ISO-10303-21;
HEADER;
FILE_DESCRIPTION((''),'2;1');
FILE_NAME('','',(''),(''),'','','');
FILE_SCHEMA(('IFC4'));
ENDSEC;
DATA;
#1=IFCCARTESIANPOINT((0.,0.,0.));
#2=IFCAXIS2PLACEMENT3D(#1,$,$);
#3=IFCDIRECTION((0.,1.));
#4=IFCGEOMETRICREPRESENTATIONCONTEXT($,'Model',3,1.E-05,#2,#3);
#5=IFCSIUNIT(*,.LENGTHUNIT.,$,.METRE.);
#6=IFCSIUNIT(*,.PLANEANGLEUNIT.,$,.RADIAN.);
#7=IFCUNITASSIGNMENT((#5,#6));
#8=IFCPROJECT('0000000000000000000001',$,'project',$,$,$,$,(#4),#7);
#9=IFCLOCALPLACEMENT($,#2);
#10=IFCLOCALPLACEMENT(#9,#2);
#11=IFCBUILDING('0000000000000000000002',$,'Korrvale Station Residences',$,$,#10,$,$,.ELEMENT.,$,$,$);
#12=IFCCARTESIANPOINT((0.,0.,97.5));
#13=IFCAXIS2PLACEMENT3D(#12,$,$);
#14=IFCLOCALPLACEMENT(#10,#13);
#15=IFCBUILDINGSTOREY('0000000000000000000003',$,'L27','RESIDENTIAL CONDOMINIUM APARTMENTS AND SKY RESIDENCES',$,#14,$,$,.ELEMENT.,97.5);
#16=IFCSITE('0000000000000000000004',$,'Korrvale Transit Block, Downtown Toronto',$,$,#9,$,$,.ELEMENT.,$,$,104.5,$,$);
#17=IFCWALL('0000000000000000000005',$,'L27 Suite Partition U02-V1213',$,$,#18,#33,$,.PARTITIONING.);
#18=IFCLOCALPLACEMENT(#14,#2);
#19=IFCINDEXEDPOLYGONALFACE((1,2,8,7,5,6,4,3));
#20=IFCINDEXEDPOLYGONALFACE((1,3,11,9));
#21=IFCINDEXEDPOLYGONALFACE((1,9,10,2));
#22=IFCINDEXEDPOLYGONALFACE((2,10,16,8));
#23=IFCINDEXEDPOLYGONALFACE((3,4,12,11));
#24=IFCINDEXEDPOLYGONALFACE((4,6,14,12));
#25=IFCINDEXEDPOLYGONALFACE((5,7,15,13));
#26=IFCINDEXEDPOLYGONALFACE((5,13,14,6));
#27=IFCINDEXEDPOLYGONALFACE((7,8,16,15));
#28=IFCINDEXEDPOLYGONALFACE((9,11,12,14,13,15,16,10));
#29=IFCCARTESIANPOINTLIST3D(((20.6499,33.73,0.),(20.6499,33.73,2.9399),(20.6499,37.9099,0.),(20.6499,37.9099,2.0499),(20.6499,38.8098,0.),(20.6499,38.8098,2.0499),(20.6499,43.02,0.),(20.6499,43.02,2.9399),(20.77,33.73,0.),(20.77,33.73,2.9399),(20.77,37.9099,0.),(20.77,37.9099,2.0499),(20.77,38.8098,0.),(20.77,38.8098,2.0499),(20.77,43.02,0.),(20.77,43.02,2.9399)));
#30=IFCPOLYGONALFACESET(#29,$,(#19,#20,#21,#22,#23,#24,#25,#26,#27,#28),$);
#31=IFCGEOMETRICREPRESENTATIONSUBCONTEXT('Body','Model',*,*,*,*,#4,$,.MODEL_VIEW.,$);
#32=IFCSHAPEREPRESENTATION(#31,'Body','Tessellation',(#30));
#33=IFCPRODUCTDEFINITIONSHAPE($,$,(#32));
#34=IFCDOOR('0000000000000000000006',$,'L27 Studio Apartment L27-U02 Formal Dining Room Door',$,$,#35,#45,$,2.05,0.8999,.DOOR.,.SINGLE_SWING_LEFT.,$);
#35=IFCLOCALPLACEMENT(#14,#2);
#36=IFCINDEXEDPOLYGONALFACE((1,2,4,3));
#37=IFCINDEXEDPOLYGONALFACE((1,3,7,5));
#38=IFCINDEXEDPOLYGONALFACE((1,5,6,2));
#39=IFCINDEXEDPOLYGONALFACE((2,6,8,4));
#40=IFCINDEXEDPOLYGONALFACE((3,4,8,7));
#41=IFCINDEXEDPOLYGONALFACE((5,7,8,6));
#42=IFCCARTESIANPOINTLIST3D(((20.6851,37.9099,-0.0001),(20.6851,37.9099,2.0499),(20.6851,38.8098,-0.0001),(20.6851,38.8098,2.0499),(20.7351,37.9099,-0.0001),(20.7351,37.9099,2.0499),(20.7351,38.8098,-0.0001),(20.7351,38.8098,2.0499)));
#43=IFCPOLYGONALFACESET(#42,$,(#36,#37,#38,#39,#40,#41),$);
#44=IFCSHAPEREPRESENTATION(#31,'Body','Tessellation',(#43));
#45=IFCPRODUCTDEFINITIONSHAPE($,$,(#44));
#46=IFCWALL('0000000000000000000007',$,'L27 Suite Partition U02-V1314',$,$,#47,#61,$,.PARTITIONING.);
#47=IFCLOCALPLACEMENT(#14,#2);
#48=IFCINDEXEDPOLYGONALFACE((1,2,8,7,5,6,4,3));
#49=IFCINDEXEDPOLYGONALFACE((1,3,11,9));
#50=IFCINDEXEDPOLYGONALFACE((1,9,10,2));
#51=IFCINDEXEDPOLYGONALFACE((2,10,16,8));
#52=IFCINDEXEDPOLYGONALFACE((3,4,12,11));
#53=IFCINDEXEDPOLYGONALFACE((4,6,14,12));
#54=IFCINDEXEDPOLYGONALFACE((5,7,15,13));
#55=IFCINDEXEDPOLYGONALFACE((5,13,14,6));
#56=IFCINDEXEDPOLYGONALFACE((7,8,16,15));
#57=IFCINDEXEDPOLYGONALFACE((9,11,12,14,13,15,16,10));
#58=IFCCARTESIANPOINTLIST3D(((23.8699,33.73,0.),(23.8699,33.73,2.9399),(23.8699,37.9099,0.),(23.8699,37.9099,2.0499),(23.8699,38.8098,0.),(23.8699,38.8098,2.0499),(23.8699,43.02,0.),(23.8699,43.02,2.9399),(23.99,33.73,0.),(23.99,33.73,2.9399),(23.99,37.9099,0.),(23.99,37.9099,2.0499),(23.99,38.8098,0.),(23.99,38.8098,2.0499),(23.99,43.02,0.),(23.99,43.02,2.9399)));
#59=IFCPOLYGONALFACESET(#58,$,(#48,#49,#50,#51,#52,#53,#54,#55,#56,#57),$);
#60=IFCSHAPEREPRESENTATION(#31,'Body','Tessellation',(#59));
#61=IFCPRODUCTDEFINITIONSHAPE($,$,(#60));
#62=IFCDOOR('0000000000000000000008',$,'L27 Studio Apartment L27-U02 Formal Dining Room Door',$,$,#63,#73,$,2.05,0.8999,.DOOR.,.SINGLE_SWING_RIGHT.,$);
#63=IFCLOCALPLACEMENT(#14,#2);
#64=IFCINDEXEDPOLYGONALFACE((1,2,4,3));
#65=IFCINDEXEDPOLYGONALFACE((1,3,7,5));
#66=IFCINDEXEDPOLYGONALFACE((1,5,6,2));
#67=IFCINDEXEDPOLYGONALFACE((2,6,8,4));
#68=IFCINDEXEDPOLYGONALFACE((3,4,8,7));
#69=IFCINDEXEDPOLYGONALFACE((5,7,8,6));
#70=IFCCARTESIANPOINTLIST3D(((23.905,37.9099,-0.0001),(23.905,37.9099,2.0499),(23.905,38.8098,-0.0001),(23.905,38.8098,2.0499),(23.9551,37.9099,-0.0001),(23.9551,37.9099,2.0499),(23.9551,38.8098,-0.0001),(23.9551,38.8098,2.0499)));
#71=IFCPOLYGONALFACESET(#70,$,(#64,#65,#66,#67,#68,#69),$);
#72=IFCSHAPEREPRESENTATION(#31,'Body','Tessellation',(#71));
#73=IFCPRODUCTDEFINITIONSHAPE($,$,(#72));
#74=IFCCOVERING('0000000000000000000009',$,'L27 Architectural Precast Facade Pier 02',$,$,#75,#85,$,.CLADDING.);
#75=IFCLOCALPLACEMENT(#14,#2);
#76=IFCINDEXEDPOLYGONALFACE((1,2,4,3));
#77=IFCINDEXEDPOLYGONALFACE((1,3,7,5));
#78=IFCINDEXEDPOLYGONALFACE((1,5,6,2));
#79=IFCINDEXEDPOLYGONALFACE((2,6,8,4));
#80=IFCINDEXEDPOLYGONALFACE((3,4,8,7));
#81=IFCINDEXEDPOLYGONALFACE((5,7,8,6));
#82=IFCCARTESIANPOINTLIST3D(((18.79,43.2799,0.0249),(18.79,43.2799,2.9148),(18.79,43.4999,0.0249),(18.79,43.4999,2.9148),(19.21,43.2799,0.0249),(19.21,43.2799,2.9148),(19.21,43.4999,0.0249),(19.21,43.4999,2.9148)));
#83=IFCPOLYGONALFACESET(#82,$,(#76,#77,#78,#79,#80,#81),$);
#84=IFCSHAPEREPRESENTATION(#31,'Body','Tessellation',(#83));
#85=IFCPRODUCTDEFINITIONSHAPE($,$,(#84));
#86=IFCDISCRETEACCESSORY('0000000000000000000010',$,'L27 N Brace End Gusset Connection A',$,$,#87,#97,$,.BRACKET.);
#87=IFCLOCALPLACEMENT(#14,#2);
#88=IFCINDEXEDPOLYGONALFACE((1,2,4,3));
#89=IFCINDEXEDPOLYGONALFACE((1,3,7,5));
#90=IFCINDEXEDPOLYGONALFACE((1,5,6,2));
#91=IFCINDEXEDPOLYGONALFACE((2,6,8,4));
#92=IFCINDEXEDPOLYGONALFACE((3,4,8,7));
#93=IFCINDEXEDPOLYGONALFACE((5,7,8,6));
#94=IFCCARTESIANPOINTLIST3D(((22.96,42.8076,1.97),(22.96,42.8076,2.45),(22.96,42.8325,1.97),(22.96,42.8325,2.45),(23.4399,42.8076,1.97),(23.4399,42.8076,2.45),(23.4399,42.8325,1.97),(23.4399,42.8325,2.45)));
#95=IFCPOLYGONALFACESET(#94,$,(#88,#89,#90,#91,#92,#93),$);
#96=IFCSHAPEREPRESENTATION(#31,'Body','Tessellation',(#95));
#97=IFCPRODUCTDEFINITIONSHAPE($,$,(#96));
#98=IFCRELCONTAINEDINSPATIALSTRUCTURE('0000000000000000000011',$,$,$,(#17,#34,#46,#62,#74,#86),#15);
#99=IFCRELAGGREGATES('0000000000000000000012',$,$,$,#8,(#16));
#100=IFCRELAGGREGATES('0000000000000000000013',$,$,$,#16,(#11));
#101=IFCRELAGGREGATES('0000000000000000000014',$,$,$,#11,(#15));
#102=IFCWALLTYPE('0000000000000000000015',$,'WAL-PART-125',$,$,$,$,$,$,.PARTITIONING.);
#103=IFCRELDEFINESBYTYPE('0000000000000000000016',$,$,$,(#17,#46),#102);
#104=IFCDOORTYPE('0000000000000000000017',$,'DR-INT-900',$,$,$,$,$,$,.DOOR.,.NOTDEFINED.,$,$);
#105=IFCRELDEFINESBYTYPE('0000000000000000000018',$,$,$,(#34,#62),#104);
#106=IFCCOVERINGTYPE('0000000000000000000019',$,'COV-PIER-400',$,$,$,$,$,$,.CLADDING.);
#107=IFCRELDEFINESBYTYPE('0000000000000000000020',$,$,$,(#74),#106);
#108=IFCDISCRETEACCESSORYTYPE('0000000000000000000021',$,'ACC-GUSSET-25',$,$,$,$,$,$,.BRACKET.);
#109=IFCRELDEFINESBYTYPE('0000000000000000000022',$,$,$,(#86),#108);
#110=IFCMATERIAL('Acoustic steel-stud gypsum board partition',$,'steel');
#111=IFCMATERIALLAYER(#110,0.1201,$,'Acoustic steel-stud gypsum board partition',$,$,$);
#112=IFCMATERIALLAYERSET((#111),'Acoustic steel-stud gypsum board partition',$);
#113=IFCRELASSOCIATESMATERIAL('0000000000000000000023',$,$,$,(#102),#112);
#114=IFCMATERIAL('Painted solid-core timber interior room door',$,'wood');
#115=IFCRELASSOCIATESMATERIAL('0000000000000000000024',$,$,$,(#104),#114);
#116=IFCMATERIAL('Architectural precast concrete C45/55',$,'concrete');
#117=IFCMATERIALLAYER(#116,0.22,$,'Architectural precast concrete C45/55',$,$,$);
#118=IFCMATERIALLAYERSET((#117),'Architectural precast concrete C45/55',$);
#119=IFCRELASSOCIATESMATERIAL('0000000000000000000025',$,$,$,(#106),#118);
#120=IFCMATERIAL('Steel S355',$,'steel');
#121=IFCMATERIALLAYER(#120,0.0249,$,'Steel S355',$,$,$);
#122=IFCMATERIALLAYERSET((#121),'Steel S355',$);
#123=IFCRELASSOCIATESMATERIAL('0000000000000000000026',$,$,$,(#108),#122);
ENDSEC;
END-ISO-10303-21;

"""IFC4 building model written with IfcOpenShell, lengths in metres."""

from ifc_helpers import new_model, si_unit, direction, frame, frame_2d, origin, origin_2d, place, context, subcontext, project, spatial, rectangle, extrude, material, layer, layer_set, type_object, element, fill, save


model = new_model("IFC4")

# Units and contexts
model_context = context("Model", 3, precision=1e-05, world=origin(), true_north=direction((0.0, 1.0)))
body_context = subcontext(model_context, "Body", "Model", "MODEL_VIEW")
ifc_project = project(units=[si_unit("LENGTHUNIT", "METRE"), si_unit("PLANEANGLEUNIT", "RADIAN")], contexts=[model_context])

# Site, building, storey
site_placement = place(None, origin())
site = spatial("IfcSite", under=ifc_project, at=site_placement, Name="Korrvale Transit Block, Downtown Toronto", CompositionType="ELEMENT", RefElevation=104.5)
building_placement = place(site_placement, origin())
building = spatial("IfcBuilding", under=site, at=building_placement, Name="Korrvale Station Residences", CompositionType="ELEMENT")
storey_placement = place(building_placement, frame((0.0, 0.0, 97.5)))
storey = spatial("IfcBuildingStorey", under=building, at=storey_placement, Name="L27", Description="RESIDENTIAL CONDOMINIUM APARTMENTS AND SKY RESIDENCES", CompositionType="ELEMENT", Elevation=97.5)

# Shared definitions
ifc_material_1 = material(Name="Steel S355", Category="steel")

# Walls, openings, doors
ifc_material_2 = material(Name="Acoustic steel-stud gypsum board partition", Category="steel")
ifc_layer_1 = layer(ifc_material_2, 0.1201, Name="Acoustic steel-stud gypsum board partition")
ifc_layer_set_1 = layer_set([ifc_layer_1], Name="Acoustic steel-stud gypsum board partition")
wall_type = type_object("IfcWallType", Name="WAL-PART-125", PredefinedType="PARTITIONING", material=ifc_layer_set_1)
ifc_material_3 = material(Name="Painted solid-core timber interior room door", Category="wood")
door_type = type_object("IfcDoorType", Name="DR-INT-900", OperationType="NOTDEFINED", PredefinedType="DOOR", material=ifc_material_3)
wall_1_placement = place(storey_placement, frame((20.71, 33.73, 0.0), z_axis=(0.0, 0.0, 1.0), x_axis=(0.0, 1.0, 0.0)))
wall_1 = element("IfcWall", 1, at=wall_1_placement, inside=storey, type_object=wall_type, Name="L27 Suite Partition U02-V1213", PredefinedType="PARTITIONING", context=body_context, shape_type="SweptSolid", body=[
    extrude(rectangle(XDim=9.29, YDim=0.1201, at=frame_2d((4.645, 0.0))), origin(), (0.0, 0.0, 1.0), 2.9399),
])
opening_1_placement = place(wall_1_placement, frame((4.1799, 0.0, 0.0)))
opening_1 = element("IfcOpeningElement", 2, at=opening_1_placement, cuts=wall_1, PredefinedType="OPENING", context=body_context, shape_type="SweptSolid", body=[
    extrude(rectangle(XDim=0.8999, YDim=2.05, at=frame_2d((0.45, 1.0249))), frame((0.0, 0.0701, 0.0), z_axis=(0.0, -1.0, 0.0), x_axis=(1.0, 0.0, 0.0)), (0.0, 0.0, 1.0), 0.1401),
])
door_1_placement = place(opening_1_placement, origin())
door_1 = element("IfcDoor", 3, at=door_1_placement, inside=storey, type_object=door_type, Name="L27 Studio Apartment L27-U02 Formal Dining Room Door", OperationType="SINGLE_SWING_LEFT", OverallHeight=2.05, OverallWidth=0.8999, PredefinedType="DOOR", context=body_context, shape_type="SweptSolid", body=[
    extrude(rectangle(XDim=0.8999, YDim=2.05, at=frame_2d((0.45, 1.0249))), frame((0.0, 0.0249, 0.0), z_axis=(0.0, -1.0, 0.0), x_axis=(1.0, 0.0, 0.0)), (0.0, 0.0, 1.0), 0.05),
])
fill(opening_1, door_1)
wall_2_placement = place(storey_placement, frame((23.9299, 33.73, 0.0), z_axis=(0.0, 0.0, 1.0), x_axis=(0.0, 1.0, 0.0)))
wall_2 = element("IfcWall", 4, at=wall_2_placement, inside=storey, type_object=wall_type, Name="L27 Suite Partition U02-V1314", PredefinedType="PARTITIONING", context=body_context, shape_type="SweptSolid", body=[
    extrude(rectangle(XDim=9.29, YDim=0.1201, at=frame_2d((4.645, 0.0))), origin(), (0.0, 0.0, 1.0), 2.9399),
])
opening_2_placement = place(wall_2_placement, frame((4.1799, 0.0, 0.0)))
opening_2 = element("IfcOpeningElement", 5, at=opening_2_placement, cuts=wall_2, PredefinedType="OPENING", context=body_context, shape_type="SweptSolid", body=[
    extrude(rectangle(XDim=0.8999, YDim=2.05, at=frame_2d((0.45, 1.0249))), frame((0.0, 0.0701, 0.0), z_axis=(0.0, -1.0, 0.0), x_axis=(1.0, 0.0, 0.0)), (0.0, 0.0, 1.0), 0.1401),
])
door_2_placement = place(opening_2_placement, origin())
door_2 = element("IfcDoor", 6, at=door_2_placement, inside=storey, type_object=door_type, Name="L27 Studio Apartment L27-U02 Formal Dining Room Door", OperationType="SINGLE_SWING_RIGHT", OverallHeight=2.05, OverallWidth=0.8999, PredefinedType="DOOR", context=body_context, shape_type="SweptSolid", body=[
    extrude(rectangle(XDim=0.8999, YDim=2.05, at=frame_2d((0.45, 1.0249))), frame((0.0, 0.0249, 0.0), z_axis=(0.0, -1.0, 0.0), x_axis=(1.0, 0.0, 0.0)), (0.0, 0.0, 1.0), 0.05),
])
fill(opening_2, door_2)

# Covering
ifc_material_4 = material(Name="Architectural precast concrete C45/55", Category="concrete")
ifc_layer_2 = layer(ifc_material_4, 0.22, Name="Architectural precast concrete C45/55")
ifc_layer_set_2 = layer_set([ifc_layer_2], Name="Architectural precast concrete C45/55")
covering_type = type_object("IfcCoveringType", Name="COV-PIER-400", PredefinedType="CLADDING", material=ifc_layer_set_2)
covering_placement = place(storey_placement, frame((19.0, 43.3899, 0.0249), z_axis=(0.0, 0.0, 1.0), x_axis=(1.0, 0.0, 0.0)))
element("IfcCovering", 7, at=covering_placement, inside=storey, type_object=covering_type, Name="L27 Architectural Precast Facade Pier 02", PredefinedType="CLADDING", context=body_context, shape_type="SweptSolid", body=[
    extrude(rectangle(XDim=0.4199, YDim=0.22, at=origin_2d()), origin(), (0.0, 0.0, 1.0), 2.8899),
])

# Discrete accessory
ifc_layer_3 = layer(ifc_material_1, 0.0249, Name="Steel S355")
ifc_layer_set_3 = layer_set([ifc_layer_3], Name="Steel S355")
discrete_accessory_type = type_object("IfcDiscreteAccessoryType", Name="ACC-GUSSET-25", PredefinedType="BRACKET", material=ifc_layer_set_3)
discrete_accessory_placement = place(storey_placement, frame((23.2, 42.8201, 1.97), z_axis=(0.0, 0.0, 1.0), x_axis=(1.0, 0.0, 0.0)))
element("IfcDiscreteAccessory", 8, at=discrete_accessory_placement, inside=storey, type_object=discrete_accessory_type, Name="L27 N Brace End Gusset Connection A", PredefinedType="BRACKET", context=body_context, shape_type="SweptSolid", body=[
    extrude(rectangle(XDim=0.48, YDim=0.0249, at=origin_2d()), origin(), (0.0, 0.0, 1.0), 0.48),
])

save(model, "model.ifc")
